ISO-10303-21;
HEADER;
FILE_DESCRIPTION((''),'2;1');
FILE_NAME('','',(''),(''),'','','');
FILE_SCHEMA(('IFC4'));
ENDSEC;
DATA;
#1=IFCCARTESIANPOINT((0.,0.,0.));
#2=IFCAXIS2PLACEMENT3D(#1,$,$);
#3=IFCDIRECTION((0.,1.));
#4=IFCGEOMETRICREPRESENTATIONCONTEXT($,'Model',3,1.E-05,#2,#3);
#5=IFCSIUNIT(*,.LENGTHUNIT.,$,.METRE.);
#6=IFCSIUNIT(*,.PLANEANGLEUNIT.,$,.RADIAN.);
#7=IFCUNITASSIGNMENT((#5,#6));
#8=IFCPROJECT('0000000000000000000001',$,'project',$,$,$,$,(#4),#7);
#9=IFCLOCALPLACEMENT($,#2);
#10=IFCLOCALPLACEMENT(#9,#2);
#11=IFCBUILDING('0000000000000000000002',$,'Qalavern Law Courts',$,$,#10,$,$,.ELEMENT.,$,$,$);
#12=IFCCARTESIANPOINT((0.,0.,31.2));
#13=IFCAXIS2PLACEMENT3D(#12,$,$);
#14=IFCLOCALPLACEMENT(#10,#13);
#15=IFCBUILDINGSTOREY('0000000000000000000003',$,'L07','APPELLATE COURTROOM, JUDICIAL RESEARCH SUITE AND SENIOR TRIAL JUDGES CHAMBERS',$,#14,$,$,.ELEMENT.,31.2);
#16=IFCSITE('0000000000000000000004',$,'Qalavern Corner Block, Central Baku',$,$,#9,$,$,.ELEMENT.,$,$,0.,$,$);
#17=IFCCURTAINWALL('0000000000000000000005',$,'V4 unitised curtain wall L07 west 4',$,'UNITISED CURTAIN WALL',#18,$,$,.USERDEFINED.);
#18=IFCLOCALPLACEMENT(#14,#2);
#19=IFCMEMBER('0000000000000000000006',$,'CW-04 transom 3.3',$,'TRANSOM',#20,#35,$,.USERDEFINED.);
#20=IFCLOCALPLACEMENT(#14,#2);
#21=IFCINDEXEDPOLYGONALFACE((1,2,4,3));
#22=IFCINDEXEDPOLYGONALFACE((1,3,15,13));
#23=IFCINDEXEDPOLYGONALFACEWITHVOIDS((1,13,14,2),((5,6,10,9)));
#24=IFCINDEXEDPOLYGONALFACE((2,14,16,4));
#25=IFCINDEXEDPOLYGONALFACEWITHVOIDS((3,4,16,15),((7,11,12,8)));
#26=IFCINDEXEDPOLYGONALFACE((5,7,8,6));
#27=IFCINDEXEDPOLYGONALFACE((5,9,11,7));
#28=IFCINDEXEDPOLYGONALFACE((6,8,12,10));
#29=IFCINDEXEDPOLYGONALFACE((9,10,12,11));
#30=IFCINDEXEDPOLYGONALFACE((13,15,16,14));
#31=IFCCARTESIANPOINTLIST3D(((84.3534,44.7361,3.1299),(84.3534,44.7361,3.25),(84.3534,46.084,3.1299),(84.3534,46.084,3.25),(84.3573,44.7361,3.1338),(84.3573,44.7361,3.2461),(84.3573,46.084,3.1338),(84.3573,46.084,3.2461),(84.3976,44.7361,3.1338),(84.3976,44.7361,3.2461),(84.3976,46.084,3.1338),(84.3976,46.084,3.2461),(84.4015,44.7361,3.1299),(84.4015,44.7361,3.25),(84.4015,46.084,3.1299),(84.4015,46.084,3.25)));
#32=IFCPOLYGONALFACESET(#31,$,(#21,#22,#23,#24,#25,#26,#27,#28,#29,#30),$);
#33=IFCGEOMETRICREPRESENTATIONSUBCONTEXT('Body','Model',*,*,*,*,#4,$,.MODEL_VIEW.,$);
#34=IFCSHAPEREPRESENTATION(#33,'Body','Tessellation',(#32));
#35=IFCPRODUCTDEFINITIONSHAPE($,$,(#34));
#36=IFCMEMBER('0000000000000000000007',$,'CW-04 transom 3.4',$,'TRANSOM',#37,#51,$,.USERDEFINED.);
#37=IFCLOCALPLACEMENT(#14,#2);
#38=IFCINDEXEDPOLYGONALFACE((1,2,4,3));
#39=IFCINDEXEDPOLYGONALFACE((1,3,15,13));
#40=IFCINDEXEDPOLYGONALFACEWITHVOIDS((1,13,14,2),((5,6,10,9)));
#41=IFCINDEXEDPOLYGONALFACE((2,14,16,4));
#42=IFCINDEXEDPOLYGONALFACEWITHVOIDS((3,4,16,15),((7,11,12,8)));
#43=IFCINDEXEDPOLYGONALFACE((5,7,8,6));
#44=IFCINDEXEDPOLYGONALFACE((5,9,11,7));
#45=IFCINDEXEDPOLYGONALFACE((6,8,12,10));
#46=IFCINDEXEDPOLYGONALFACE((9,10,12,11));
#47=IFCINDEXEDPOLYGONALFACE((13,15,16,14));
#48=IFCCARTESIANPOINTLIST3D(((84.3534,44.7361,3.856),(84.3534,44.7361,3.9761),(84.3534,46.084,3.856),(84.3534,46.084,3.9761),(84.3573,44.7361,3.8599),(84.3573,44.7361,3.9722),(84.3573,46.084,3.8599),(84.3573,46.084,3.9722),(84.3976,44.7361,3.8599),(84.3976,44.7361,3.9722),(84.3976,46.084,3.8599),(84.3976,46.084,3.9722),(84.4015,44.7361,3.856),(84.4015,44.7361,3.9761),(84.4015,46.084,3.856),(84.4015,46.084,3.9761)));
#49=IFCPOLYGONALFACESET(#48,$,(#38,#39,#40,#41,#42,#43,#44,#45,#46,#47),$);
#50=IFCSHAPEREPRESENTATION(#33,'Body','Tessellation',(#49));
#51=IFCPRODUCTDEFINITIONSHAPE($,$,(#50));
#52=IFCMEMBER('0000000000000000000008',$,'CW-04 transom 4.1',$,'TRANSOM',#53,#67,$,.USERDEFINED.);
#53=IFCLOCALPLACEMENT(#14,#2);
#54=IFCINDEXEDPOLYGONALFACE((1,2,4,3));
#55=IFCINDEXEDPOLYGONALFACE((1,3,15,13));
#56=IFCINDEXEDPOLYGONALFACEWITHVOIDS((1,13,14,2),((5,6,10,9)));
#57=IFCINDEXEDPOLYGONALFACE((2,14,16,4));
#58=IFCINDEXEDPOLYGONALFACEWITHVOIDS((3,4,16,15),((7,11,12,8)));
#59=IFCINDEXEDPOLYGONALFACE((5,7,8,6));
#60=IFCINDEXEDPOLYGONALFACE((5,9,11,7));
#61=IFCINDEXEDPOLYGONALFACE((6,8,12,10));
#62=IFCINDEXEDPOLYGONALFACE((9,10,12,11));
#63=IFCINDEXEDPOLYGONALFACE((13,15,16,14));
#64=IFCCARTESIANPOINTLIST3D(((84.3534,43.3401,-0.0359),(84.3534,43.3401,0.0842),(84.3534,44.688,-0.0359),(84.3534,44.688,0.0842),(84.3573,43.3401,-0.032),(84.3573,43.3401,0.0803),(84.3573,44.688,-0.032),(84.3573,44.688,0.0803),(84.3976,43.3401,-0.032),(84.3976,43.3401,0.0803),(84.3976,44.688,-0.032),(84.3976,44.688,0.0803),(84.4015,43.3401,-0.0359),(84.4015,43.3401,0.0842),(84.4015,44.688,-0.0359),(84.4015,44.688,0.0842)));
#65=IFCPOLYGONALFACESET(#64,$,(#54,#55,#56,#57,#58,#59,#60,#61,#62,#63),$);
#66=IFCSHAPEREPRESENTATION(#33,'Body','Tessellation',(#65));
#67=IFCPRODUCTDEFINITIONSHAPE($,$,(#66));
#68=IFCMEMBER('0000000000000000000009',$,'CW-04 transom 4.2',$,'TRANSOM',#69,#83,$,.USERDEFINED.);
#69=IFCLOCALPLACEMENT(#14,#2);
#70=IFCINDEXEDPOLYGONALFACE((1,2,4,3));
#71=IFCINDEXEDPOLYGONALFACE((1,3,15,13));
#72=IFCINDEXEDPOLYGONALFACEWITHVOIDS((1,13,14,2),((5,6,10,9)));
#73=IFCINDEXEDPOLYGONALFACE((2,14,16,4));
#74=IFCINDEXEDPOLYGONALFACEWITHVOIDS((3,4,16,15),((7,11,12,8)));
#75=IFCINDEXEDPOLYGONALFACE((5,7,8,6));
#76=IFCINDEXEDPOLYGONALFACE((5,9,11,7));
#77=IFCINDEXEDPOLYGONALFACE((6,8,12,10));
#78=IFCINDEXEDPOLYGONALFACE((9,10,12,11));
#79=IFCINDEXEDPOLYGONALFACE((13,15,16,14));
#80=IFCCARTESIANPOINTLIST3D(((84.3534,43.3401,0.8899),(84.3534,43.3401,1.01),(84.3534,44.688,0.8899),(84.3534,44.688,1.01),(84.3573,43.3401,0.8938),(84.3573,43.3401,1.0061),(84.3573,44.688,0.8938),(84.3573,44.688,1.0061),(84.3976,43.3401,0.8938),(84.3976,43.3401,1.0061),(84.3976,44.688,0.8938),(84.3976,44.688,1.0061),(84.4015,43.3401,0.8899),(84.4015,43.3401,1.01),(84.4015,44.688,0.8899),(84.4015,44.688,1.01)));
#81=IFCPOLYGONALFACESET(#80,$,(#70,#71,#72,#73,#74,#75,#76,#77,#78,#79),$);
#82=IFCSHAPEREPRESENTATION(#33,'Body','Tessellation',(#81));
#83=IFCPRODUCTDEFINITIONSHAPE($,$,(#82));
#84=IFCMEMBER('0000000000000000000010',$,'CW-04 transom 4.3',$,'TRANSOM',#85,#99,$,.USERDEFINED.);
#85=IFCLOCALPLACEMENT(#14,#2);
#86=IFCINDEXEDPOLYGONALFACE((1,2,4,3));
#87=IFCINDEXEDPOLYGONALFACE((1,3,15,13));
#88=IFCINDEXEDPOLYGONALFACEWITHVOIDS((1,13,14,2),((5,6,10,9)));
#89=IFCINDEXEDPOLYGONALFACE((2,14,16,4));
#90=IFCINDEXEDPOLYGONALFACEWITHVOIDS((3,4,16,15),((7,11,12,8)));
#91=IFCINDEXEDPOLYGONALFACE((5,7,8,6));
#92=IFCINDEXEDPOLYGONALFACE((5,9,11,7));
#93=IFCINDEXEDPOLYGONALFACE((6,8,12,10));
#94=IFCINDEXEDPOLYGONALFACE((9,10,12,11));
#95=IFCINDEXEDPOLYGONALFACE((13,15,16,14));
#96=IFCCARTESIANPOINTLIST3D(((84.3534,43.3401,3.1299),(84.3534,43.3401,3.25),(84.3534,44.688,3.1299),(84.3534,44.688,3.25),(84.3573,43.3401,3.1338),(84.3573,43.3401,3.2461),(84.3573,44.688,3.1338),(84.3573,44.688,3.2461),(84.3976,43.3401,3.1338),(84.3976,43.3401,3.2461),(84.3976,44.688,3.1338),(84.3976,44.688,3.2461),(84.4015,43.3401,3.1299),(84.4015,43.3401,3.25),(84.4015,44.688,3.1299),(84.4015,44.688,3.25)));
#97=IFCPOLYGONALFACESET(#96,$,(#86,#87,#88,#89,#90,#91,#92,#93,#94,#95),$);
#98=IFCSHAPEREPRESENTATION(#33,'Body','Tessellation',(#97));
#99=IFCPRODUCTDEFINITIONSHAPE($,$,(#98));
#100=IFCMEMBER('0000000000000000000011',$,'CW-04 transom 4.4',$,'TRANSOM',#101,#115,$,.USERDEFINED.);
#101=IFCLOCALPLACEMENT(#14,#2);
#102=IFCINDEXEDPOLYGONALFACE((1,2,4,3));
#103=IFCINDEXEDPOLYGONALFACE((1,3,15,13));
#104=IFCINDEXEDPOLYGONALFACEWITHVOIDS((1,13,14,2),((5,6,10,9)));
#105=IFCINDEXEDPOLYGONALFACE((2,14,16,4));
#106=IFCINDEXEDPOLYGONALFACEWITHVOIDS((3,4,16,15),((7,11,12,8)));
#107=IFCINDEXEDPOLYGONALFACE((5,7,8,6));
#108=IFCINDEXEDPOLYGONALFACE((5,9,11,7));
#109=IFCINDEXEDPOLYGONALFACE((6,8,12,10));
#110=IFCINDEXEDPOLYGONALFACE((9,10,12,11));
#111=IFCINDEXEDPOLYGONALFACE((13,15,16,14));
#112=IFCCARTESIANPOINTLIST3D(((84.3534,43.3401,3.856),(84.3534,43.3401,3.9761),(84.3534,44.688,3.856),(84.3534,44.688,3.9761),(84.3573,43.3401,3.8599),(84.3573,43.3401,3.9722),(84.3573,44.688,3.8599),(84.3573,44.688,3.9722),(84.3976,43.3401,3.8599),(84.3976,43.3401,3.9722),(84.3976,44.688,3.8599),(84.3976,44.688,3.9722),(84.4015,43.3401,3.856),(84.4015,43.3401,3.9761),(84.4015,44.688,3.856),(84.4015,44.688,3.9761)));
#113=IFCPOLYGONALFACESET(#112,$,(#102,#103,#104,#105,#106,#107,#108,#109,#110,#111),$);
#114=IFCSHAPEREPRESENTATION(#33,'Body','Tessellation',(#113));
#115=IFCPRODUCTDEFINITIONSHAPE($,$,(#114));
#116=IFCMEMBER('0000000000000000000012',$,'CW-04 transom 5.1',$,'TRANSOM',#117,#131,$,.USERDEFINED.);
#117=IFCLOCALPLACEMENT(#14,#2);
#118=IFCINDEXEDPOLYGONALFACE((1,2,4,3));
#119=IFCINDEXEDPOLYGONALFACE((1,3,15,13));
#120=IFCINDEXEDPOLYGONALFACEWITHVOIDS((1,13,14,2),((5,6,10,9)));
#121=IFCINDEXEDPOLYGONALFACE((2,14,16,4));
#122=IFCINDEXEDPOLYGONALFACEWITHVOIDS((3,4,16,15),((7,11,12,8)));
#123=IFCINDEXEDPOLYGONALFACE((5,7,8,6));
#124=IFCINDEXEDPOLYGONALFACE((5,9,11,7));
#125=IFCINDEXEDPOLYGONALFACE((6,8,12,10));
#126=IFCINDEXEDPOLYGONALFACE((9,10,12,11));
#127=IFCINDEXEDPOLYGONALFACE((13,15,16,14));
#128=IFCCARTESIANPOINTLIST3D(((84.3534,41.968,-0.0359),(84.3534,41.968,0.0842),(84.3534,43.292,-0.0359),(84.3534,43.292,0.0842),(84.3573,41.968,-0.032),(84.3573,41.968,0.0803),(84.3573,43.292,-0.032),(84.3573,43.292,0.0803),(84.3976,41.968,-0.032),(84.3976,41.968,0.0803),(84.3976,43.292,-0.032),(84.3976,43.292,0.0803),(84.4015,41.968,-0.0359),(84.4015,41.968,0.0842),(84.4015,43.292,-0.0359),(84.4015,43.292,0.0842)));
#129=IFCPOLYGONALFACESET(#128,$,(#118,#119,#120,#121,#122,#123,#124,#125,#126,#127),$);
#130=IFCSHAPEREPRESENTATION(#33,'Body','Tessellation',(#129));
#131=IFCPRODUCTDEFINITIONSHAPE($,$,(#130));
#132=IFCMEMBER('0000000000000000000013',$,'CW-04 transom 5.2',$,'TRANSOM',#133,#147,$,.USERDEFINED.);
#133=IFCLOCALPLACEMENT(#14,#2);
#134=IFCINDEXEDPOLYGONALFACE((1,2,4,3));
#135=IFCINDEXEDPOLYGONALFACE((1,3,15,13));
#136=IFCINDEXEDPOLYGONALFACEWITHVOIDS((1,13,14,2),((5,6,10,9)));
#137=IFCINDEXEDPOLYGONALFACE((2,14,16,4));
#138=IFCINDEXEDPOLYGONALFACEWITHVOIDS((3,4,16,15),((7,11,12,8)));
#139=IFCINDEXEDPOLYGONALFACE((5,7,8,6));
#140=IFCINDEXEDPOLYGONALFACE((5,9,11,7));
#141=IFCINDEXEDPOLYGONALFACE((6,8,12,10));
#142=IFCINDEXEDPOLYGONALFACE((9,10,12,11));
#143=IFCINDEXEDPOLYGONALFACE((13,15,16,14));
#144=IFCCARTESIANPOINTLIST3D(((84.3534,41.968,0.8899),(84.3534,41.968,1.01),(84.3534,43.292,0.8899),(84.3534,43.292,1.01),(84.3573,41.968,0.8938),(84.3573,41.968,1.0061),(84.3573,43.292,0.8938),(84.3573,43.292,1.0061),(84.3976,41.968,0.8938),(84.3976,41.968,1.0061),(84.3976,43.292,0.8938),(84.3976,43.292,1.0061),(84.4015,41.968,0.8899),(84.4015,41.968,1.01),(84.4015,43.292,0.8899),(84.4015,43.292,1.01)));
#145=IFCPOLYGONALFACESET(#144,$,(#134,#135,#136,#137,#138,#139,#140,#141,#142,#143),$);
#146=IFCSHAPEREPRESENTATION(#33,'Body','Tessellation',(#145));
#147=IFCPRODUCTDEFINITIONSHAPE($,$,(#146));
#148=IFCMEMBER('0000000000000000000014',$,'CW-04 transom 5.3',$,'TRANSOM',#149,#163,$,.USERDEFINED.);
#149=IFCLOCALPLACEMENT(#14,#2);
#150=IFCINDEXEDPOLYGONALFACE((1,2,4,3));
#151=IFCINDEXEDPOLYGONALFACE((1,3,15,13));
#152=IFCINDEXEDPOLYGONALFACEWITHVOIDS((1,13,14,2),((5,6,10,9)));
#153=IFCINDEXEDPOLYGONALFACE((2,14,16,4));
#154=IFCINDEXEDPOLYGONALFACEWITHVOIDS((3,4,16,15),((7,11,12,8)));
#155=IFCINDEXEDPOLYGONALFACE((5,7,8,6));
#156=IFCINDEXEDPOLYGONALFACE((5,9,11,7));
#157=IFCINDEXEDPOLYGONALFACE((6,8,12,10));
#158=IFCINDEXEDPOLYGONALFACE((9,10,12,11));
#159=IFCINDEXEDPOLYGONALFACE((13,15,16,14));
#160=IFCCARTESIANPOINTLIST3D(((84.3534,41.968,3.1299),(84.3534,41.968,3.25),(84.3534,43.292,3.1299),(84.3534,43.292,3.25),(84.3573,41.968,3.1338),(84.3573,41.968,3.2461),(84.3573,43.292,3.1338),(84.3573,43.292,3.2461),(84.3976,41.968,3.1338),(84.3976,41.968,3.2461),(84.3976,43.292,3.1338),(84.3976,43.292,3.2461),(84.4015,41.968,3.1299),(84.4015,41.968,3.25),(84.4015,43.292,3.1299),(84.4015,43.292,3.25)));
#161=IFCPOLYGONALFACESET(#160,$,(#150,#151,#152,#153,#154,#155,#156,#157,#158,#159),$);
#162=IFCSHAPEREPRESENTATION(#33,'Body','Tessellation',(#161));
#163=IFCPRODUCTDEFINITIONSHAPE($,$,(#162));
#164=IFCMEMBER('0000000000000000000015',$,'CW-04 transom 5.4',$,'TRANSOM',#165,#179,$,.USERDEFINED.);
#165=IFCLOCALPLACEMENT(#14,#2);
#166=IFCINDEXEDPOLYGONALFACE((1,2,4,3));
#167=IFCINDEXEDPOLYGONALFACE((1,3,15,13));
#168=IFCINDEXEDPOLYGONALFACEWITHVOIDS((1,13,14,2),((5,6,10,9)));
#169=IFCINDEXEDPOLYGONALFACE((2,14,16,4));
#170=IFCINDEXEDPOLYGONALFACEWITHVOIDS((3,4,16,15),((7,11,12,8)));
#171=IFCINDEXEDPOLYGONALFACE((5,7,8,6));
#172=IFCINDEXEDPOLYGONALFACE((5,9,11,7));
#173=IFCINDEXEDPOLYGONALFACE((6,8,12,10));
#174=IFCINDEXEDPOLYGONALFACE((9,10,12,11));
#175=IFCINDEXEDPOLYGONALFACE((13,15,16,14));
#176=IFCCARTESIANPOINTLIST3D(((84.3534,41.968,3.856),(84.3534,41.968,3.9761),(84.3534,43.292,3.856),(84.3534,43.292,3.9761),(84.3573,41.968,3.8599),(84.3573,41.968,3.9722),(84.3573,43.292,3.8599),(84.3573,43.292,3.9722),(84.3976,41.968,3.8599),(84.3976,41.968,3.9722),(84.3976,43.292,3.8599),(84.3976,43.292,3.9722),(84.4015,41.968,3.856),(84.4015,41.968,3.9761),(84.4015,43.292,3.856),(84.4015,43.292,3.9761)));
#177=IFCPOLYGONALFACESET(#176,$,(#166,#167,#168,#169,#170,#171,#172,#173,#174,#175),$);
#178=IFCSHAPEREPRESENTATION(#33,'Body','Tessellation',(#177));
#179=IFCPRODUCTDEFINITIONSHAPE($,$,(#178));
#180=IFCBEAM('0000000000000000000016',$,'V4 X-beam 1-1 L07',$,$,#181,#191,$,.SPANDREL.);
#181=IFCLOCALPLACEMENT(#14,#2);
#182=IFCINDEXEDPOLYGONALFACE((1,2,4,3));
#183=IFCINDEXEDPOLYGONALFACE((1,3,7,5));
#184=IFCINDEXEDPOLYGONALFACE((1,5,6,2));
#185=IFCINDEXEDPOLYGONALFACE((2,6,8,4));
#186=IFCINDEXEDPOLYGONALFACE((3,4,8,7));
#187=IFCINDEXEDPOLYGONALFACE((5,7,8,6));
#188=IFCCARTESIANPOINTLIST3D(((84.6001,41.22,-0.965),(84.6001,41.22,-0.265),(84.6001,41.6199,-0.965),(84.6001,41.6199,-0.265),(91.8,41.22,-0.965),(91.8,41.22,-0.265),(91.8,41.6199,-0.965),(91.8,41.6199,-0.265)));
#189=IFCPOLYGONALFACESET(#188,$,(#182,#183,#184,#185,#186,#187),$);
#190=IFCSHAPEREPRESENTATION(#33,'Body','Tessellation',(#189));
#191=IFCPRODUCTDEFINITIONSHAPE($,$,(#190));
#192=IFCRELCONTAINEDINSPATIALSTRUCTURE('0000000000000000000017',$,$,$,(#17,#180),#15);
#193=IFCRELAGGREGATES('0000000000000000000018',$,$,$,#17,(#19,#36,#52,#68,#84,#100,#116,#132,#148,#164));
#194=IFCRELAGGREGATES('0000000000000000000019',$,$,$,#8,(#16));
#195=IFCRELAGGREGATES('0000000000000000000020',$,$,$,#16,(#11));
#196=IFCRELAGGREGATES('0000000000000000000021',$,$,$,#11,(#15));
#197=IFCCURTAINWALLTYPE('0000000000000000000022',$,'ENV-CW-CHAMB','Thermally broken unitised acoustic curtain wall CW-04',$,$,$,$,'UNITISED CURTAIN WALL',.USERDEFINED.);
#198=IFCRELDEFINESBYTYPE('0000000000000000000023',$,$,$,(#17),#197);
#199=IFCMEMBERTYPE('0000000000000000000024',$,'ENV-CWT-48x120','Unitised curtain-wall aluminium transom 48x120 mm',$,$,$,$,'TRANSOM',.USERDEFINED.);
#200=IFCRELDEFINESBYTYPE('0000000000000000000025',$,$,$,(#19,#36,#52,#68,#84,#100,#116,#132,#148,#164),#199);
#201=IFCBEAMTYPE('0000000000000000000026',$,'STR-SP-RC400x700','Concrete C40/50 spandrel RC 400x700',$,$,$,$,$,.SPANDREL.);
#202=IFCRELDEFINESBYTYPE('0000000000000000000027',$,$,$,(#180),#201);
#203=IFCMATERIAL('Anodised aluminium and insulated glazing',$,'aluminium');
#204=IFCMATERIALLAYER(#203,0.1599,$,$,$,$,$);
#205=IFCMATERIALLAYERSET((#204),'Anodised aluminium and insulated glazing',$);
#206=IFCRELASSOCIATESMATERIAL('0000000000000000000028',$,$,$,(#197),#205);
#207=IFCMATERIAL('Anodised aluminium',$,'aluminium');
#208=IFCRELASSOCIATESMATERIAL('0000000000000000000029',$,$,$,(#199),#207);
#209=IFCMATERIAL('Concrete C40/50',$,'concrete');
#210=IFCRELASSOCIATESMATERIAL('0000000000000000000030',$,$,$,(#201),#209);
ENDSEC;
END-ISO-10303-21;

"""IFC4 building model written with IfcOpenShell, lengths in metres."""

from ifc_helpers import new_model, si_unit, direction, frame, origin, origin_2d, place, context, subcontext, project, spatial, rectangle, hollow_rectangle, extrude, material, layer, layer_set, material_profile, profile_set, type_object, element, aggregate, save


model = new_model("IFC4")

# Units and contexts
model_context = context("Model", 3, precision=1e-05, world=origin(), true_north=direction((0.0, 1.0)))
body_context = subcontext(model_context, "Body", "Model", "MODEL_VIEW")
ifc_project = project(units=[si_unit("LENGTHUNIT", "METRE"), si_unit("PLANEANGLEUNIT", "RADIAN")], contexts=[model_context])

# Site, building, storey
site_placement = place(None, origin())
site = spatial("IfcSite", under=ifc_project, at=site_placement, Name="Qalavern Corner Block, Central Baku", CompositionType="ELEMENT", RefElevation=0.0)
building_placement = place(site_placement, origin())
building = spatial("IfcBuilding", under=site, at=building_placement, Name="Qalavern Law Courts", CompositionType="ELEMENT")
storey_placement = place(building_placement, frame((0.0, 0.0, 31.2)))
storey = spatial("IfcBuildingStorey", under=building, at=storey_placement, Name="L07", Description="APPELLATE COURTROOM, JUDICIAL RESEARCH SUITE AND SENIOR TRIAL JUDGES CHAMBERS", CompositionType="ELEMENT", Elevation=31.2)

# Shared definitions
ifc_material_1 = material(Name="Anodised aluminium and insulated glazing", Category="aluminium")
ifc_layer_1 = layer(ifc_material_1, 0.1599)
ifc_layer_set_1 = layer_set([ifc_layer_1], Name="Anodised aluminium and insulated glazing")
curtain_wall_type = type_object("IfcCurtainWallType", Name="ENV-CW-CHAMB", Description="Thermally broken unitised acoustic curtain wall CW-04", ElementType="UNITISED CURTAIN WALL", PredefinedType="USERDEFINED", material=ifc_layer_set_1)
ifc_material_2 = material(Name="Anodised aluminium", Category="aluminium")

# Curtain wall
curtain_wall_1_placement = place(storey_placement, origin())
curtain_wall_1 = element("IfcCurtainWall", 1, at=curtain_wall_1_placement, inside=storey, type_object=curtain_wall_type, Name="V4 unitised curtain wall L07 west 4", ObjectType="UNITISED CURTAIN WALL", PredefinedType="USERDEFINED")

# Members
ifc_material_profile_1 = material_profile(ifc_material_2, hollow_rectangle(XDim=0.0481, YDim=0.1201, WallThickness=0.0039, at=origin_2d()), Name="ALU TRANSOM 48x120")
ifc_profile_set_1 = profile_set([ifc_material_profile_1], Name="Anodised aluminium")
member_type_1 = type_object("IfcMemberType", Name="ENV-CWT-48x120", Description="Unitised curtain-wall aluminium transom 48x120 mm", ElementType="TRANSOM", PredefinedType="USERDEFINED", material=ifc_profile_set_1)
member_1_placement = place(storey_placement, frame((84.3774, 46.084, 3.1899), z_axis=(0.0, -1.0, 0.0), x_axis=(1.0, 0.0, 0.0)))
member_1 = element("IfcMember", 2, at=member_1_placement, type_object=member_type_1, Name="CW-04 transom 3.3", ObjectType="TRANSOM", PredefinedType="USERDEFINED", context=body_context, shape_type="SweptSolid", body=[
    extrude(hollow_rectangle(XDim=0.0481, YDim=0.1201, WallThickness=0.0039, at=origin_2d()), origin(), (0.0, 0.0, 1.0), 1.3479),
])
member_2_placement = place(storey_placement, frame((84.3774, 46.084, 3.916), z_axis=(0.0, -1.0, 0.0), x_axis=(1.0, 0.0, 0.0)))
member_2 = element("IfcMember", 3, at=member_2_placement, type_object=member_type_1, Name="CW-04 transom 3.4", ObjectType="TRANSOM", PredefinedType="USERDEFINED", context=body_context, shape_type="SweptSolid", body=[
    extrude(hollow_rectangle(XDim=0.0481, YDim=0.1201, WallThickness=0.0039, at=origin_2d()), origin(), (0.0, 0.0, 1.0), 1.3479),
])
member_3_placement = place(storey_placement, frame((84.3774, 44.688, 0.0242), z_axis=(0.0, -1.0, 0.0), x_axis=(1.0, 0.0, 0.0)))
member_3 = element("IfcMember", 4, at=member_3_placement, type_object=member_type_1, Name="CW-04 transom 4.1", ObjectType="TRANSOM", PredefinedType="USERDEFINED", context=body_context, shape_type="SweptSolid", body=[
    extrude(hollow_rectangle(XDim=0.0481, YDim=0.1201, WallThickness=0.0039, at=origin_2d()), origin(), (0.0, 0.0, 1.0), 1.3479),
])
member_4_placement = place(storey_placement, frame((84.3774, 44.688, 0.95), z_axis=(0.0, -1.0, 0.0), x_axis=(1.0, 0.0, 0.0)))
member_4 = element("IfcMember", 5, at=member_4_placement, type_object=member_type_1, Name="CW-04 transom 4.2", ObjectType="TRANSOM", PredefinedType="USERDEFINED", context=body_context, shape_type="SweptSolid", body=[
    extrude(hollow_rectangle(XDim=0.0481, YDim=0.1201, WallThickness=0.0039, at=origin_2d()), origin(), (0.0, 0.0, 1.0), 1.3479),
])
member_5_placement = place(storey_placement, frame((84.3774, 44.688, 3.1899), z_axis=(0.0, -1.0, 0.0), x_axis=(1.0, 0.0, 0.0)))
member_5 = element("IfcMember", 6, at=member_5_placement, type_object=member_type_1, Name="CW-04 transom 4.3", ObjectType="TRANSOM", PredefinedType="USERDEFINED", context=body_context, shape_type="SweptSolid", body=[
    extrude(hollow_rectangle(XDim=0.0481, YDim=0.1201, WallThickness=0.0039, at=origin_2d()), origin(), (0.0, 0.0, 1.0), 1.3479),
])
member_6_placement = place(storey_placement, frame((84.3774, 44.688, 3.916), z_axis=(0.0, -1.0, 0.0), x_axis=(1.0, 0.0, 0.0)))
member_6 = element("IfcMember", 7, at=member_6_placement, type_object=member_type_1, Name="CW-04 transom 4.4", ObjectType="TRANSOM", PredefinedType="USERDEFINED", context=body_context, shape_type="SweptSolid", body=[
    extrude(hollow_rectangle(XDim=0.0481, YDim=0.1201, WallThickness=0.0039, at=origin_2d()), origin(), (0.0, 0.0, 1.0), 1.3479),
])
member_7_placement = place(storey_placement, frame((84.3774, 43.292, 0.0242), z_axis=(0.0, -1.0, 0.0), x_axis=(1.0, 0.0, 0.0)))
member_7 = element("IfcMember", 8, at=member_7_placement, type_object=member_type_1, Name="CW-04 transom 5.1", ObjectType="TRANSOM", PredefinedType="USERDEFINED", context=body_context, shape_type="SweptSolid", body=[
    extrude(hollow_rectangle(XDim=0.0481, YDim=0.1201, WallThickness=0.0039, at=origin_2d()), origin(), (0.0, 0.0, 1.0), 1.324),
])
member_8_placement = place(storey_placement, frame((84.3774, 43.292, 0.95), z_axis=(0.0, -1.0, 0.0), x_axis=(1.0, 0.0, 0.0)))
member_8 = element("IfcMember", 9, at=member_8_placement, type_object=member_type_1, Name="CW-04 transom 5.2", ObjectType="TRANSOM", PredefinedType="USERDEFINED", context=body_context, shape_type="SweptSolid", body=[
    extrude(hollow_rectangle(XDim=0.0481, YDim=0.1201, WallThickness=0.0039, at=origin_2d()), origin(), (0.0, 0.0, 1.0), 1.324),
])
member_9_placement = place(storey_placement, frame((84.3774, 43.292, 3.1899), z_axis=(0.0, -1.0, 0.0), x_axis=(1.0, 0.0, 0.0)))
member_9 = element("IfcMember", 10, at=member_9_placement, type_object=member_type_1, Name="CW-04 transom 5.3", ObjectType="TRANSOM", PredefinedType="USERDEFINED", context=body_context, shape_type="SweptSolid", body=[
    extrude(hollow_rectangle(XDim=0.0481, YDim=0.1201, WallThickness=0.0039, at=origin_2d()), origin(), (0.0, 0.0, 1.0), 1.324),
])
member_10_placement = place(storey_placement, frame((84.3774, 43.292, 3.916), z_axis=(0.0, -1.0, 0.0), x_axis=(1.0, 0.0, 0.0)))
member_10 = element("IfcMember", 11, at=member_10_placement, type_object=member_type_1, Name="CW-04 transom 5.4", ObjectType="TRANSOM", PredefinedType="USERDEFINED", context=body_context, shape_type="SweptSolid", body=[
    extrude(hollow_rectangle(XDim=0.0481, YDim=0.1201, WallThickness=0.0039, at=origin_2d()), origin(), (0.0, 0.0, 1.0), 1.324),
])

# Beam
ifc_material_3 = material(Name="Concrete C40/50", Category="concrete")
ifc_material_profile_2 = material_profile(ifc_material_3, rectangle(XDim=0.3999, YDim=0.7, at=origin_2d()), Name="RC 400x700")
ifc_profile_set_2 = profile_set([ifc_material_profile_2], Name="Concrete C40/50")
beam_type = type_object("IfcBeamType", Name="STR-SP-RC400x700", Description="Concrete C40/50 spandrel RC 400x700", PredefinedType="SPANDREL", material=ifc_profile_set_2)
beam_1_placement = place(storey_placement, frame((84.6001, 41.4199, -0.615), z_axis=(1.0, 0.0, 0.0), x_axis=(0.0, 1.0, 0.0)))
element("IfcBeam", 12, at=beam_1_placement, inside=storey, type_object=beam_type, Name="V4 X-beam 1-1 L07", PredefinedType="SPANDREL", context=body_context, shape_type="SweptSolid", body=[
    extrude(rectangle(XDim=0.3999, YDim=0.7, at=origin_2d()), origin(), (0.0, 0.0, 1.0), 7.2),
])

aggregate(curtain_wall_1, [member_1, member_2, member_3, member_4, member_5, member_6, member_7, member_8, member_9, member_10])

save(model, "model.ifc")
